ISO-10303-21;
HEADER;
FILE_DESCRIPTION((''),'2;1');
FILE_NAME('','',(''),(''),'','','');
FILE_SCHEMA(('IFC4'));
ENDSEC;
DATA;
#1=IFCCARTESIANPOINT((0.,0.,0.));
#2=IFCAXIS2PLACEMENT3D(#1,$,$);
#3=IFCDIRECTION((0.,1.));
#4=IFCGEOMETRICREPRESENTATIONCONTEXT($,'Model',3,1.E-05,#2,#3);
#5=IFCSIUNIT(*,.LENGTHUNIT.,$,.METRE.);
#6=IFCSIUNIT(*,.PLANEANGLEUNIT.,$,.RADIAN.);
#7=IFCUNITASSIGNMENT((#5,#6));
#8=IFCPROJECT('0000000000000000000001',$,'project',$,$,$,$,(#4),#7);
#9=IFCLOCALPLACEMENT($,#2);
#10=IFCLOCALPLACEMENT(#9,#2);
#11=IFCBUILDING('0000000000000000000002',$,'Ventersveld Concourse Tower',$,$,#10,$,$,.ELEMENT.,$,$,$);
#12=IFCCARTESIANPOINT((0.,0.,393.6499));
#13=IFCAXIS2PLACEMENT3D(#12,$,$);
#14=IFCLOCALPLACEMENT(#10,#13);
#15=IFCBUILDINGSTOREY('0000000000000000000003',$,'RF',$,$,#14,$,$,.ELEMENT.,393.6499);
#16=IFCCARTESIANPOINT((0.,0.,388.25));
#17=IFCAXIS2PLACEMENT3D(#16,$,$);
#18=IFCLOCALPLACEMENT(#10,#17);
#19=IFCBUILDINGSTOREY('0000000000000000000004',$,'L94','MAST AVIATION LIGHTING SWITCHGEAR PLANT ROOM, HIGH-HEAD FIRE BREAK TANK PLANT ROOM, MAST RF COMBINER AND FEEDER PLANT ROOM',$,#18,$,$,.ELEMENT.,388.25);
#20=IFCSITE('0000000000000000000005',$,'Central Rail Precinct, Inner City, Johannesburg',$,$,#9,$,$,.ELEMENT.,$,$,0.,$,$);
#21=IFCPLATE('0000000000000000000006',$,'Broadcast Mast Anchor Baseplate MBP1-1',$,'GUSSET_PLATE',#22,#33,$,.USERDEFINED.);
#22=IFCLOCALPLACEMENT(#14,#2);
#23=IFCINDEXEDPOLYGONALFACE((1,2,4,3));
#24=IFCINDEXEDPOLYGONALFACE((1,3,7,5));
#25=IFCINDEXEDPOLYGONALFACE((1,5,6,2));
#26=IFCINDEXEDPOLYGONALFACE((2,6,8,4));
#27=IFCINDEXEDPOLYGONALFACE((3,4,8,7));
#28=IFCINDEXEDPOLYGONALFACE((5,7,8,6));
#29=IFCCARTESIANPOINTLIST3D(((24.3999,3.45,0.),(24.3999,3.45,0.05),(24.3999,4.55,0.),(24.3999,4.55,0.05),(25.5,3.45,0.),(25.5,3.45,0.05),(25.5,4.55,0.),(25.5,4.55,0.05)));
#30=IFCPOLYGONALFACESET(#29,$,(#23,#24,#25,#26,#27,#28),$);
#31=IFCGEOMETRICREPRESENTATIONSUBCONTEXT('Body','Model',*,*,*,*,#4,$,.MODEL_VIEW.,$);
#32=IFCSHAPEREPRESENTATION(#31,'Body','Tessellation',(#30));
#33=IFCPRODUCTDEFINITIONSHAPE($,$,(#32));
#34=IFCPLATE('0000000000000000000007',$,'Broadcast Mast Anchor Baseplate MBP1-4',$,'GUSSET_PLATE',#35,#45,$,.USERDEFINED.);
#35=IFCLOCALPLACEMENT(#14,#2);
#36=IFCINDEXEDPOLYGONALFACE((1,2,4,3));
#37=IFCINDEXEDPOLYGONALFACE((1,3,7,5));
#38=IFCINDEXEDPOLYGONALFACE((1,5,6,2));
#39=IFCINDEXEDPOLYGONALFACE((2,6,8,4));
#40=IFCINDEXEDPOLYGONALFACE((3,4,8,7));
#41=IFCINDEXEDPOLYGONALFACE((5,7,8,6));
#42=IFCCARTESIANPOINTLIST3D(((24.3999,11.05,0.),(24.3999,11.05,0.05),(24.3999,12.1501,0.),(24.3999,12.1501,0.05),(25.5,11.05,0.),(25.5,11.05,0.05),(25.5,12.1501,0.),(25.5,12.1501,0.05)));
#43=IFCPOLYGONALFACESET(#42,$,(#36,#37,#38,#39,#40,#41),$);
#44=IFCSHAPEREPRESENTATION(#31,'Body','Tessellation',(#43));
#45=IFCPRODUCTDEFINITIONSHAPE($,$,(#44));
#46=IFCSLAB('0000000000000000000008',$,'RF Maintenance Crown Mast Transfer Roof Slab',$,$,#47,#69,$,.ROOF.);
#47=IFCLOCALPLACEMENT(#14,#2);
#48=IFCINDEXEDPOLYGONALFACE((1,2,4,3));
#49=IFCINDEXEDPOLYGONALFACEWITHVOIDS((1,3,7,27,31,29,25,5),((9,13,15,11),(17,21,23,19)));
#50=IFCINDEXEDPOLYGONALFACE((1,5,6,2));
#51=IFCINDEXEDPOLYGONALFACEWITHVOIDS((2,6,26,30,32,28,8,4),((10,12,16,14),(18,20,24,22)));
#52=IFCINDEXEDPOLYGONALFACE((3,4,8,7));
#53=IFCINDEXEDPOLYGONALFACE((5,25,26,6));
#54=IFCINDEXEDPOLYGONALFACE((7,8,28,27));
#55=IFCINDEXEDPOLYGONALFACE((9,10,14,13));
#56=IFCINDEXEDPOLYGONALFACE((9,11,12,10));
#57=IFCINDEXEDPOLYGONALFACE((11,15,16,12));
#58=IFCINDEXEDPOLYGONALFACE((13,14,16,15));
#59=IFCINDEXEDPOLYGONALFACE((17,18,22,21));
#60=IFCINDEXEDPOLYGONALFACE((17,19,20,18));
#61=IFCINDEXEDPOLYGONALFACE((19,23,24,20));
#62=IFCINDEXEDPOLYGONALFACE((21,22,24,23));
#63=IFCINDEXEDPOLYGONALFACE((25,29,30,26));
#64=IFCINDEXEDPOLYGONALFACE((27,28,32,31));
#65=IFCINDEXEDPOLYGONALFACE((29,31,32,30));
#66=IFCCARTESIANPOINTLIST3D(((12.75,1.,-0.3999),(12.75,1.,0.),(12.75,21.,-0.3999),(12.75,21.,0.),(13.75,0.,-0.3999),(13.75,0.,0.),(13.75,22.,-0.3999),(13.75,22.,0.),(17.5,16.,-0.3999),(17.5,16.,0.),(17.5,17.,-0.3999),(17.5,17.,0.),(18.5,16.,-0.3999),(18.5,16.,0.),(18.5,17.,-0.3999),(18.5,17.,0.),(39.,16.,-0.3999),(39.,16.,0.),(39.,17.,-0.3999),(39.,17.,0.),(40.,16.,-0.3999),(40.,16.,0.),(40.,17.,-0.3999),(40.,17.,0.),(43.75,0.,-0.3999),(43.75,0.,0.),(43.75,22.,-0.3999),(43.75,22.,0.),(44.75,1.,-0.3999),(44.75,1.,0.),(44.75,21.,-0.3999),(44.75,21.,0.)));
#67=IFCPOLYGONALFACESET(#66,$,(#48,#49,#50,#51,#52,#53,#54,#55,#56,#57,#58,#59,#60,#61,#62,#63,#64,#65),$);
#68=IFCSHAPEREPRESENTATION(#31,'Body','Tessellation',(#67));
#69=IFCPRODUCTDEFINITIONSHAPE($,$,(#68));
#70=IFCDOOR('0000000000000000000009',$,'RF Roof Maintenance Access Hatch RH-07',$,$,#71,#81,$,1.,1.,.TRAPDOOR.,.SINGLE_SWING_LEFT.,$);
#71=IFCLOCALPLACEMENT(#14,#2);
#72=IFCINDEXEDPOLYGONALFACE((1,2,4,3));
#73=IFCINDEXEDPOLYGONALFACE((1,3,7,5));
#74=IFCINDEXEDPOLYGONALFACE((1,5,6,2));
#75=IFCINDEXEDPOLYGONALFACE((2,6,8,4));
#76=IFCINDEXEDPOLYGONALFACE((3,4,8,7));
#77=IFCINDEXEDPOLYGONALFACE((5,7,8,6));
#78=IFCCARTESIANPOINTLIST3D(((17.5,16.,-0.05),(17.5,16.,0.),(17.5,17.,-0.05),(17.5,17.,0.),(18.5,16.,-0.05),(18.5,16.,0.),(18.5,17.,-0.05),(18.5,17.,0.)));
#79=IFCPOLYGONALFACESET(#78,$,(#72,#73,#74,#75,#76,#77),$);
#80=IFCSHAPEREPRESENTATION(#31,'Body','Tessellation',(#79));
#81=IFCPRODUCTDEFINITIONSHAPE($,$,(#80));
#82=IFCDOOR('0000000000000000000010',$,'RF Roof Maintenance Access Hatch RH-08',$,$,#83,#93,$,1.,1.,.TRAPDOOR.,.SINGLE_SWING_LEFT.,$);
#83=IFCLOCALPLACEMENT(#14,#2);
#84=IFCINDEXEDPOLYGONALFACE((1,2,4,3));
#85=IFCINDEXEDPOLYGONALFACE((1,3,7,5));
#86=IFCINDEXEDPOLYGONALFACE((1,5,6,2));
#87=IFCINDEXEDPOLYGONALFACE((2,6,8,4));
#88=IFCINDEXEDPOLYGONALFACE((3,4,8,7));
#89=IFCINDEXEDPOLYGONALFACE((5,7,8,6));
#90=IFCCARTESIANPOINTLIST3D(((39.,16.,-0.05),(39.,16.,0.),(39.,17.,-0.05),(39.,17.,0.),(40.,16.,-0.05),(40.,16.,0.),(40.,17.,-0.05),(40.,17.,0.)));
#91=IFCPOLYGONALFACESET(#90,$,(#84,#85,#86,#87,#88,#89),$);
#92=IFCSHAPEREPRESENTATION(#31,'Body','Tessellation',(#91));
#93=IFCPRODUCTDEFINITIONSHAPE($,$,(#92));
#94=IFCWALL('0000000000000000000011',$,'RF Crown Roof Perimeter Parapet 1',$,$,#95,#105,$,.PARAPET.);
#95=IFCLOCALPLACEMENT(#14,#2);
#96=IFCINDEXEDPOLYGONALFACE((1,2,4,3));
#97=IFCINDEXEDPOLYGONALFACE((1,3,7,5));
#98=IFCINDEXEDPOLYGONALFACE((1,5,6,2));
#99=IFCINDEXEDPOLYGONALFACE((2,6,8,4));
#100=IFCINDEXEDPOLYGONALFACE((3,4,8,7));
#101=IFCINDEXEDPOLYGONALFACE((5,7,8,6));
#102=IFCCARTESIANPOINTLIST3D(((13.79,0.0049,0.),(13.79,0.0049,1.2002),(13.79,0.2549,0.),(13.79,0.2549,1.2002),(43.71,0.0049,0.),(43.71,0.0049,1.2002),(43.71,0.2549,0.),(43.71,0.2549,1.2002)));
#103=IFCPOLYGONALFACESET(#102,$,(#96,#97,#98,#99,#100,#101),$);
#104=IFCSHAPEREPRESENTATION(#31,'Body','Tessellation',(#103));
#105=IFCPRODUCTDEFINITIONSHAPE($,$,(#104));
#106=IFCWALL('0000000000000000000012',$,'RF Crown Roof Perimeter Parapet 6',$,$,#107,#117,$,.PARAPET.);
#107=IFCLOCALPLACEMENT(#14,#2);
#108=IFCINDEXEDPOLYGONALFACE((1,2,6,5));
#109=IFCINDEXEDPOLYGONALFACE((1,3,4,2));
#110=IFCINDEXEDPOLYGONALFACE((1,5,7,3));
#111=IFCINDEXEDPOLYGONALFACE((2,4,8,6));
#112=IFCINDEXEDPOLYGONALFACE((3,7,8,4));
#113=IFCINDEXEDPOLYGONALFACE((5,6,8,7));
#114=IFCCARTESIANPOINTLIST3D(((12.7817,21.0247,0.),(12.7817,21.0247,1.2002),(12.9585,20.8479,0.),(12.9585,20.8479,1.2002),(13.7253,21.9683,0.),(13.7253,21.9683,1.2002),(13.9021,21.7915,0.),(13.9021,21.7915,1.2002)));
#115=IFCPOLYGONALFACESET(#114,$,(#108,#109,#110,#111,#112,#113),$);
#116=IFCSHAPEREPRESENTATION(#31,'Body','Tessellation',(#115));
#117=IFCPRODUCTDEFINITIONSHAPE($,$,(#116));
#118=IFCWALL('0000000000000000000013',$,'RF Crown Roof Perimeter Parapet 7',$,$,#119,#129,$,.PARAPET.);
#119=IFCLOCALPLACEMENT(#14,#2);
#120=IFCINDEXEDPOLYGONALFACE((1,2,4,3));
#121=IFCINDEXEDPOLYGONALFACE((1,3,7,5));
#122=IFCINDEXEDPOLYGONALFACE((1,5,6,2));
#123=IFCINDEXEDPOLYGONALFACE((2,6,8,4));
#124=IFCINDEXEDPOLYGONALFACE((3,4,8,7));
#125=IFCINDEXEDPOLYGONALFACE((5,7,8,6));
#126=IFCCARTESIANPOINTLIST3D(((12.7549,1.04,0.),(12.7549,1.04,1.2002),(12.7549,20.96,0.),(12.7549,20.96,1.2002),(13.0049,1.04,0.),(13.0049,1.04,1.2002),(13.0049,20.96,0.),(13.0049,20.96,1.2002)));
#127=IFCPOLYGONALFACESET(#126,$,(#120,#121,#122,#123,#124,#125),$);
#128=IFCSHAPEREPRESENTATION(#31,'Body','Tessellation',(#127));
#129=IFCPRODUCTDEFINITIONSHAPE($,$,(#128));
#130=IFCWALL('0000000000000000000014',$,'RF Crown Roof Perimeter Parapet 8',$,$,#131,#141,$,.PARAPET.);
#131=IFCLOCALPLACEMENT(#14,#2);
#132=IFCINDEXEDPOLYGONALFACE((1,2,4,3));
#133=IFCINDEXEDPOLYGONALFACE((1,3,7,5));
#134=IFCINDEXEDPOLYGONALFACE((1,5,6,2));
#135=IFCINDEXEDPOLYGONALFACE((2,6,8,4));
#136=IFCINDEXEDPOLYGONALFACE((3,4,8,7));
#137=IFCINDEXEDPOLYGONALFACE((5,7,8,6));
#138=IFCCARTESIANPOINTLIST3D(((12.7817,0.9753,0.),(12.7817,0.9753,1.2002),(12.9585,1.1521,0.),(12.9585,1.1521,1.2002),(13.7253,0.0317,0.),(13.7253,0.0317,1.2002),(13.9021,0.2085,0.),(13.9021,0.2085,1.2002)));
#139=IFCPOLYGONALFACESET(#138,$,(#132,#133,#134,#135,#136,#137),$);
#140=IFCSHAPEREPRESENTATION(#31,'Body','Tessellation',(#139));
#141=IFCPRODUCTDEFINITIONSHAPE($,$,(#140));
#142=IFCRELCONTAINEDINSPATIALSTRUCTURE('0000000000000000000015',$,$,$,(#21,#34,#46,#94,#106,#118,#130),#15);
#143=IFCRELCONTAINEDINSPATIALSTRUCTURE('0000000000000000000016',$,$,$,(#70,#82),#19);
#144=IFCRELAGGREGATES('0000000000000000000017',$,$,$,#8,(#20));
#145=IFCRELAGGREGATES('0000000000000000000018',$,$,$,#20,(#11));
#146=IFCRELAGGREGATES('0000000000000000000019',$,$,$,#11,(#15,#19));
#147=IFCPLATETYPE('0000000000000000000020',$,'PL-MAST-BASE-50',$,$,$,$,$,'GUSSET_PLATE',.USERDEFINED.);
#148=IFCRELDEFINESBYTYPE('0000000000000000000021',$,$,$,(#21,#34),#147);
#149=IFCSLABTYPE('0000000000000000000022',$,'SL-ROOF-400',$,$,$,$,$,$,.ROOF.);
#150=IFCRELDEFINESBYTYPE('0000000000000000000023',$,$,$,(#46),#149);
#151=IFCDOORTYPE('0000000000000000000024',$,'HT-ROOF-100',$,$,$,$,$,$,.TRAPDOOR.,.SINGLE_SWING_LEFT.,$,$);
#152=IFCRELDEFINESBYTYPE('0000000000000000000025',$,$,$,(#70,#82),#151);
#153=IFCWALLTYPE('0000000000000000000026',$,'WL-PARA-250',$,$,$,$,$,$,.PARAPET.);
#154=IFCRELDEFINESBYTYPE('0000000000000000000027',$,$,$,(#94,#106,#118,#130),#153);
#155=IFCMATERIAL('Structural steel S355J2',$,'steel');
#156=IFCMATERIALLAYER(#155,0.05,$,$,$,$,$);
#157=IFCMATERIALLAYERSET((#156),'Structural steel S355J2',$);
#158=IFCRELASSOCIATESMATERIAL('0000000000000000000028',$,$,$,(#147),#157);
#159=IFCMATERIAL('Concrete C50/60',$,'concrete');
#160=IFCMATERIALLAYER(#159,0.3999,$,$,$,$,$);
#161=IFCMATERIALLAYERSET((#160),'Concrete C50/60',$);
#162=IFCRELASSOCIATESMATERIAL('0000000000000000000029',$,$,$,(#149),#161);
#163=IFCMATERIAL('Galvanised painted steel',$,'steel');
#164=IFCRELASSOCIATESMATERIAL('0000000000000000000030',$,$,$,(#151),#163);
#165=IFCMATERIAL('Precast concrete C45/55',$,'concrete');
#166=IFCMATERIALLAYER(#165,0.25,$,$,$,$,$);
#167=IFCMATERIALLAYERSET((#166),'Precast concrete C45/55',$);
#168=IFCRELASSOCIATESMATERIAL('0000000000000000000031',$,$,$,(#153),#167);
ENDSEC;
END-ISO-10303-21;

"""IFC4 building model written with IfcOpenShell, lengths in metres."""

from ifc_helpers import new_model, si_unit, direction, frame, frame_2d, origin, origin_2d, place, context, subcontext, project, spatial, polyline, rectangle, outline, extrude, material, layer, layer_set, type_object, element, fill, save


model = new_model("IFC4")

# Units and contexts
model_context = context("Model", 3, precision=1e-05, world=origin(), true_north=direction((0.0, 1.0)))
body_context = subcontext(model_context, "Body", "Model", "MODEL_VIEW")
ifc_project = project(units=[si_unit("LENGTHUNIT", "METRE"), si_unit("PLANEANGLEUNIT", "RADIAN")], contexts=[model_context])

# Site, building, storey
site_placement = place(None, origin())
site = spatial("IfcSite", under=ifc_project, at=site_placement, Name="Central Rail Precinct, Inner City, Johannesburg", CompositionType="ELEMENT", RefElevation=0.0)
building_placement = place(site_placement, origin())
building = spatial("IfcBuilding", under=site, at=building_placement, Name="Ventersveld Concourse Tower", CompositionType="ELEMENT")
storey_1_placement = place(building_placement, frame((0.0, 0.0, 393.6499)))
storey_1 = spatial("IfcBuildingStorey", under=building, at=storey_1_placement, Name="RF", CompositionType="ELEMENT", Elevation=393.6499)

# Shared definitions
ifc_material_1 = material(Name="Structural steel S355J2", Category="steel")

# Plates
ifc_layer_1 = layer(ifc_material_1, 0.05)
ifc_layer_set_1 = layer_set([ifc_layer_1], Name="Structural steel S355J2")
plate_type = type_object("IfcPlateType", Name="PL-MAST-BASE-50", ElementType="GUSSET_PLATE", PredefinedType="USERDEFINED", material=ifc_layer_set_1)
for number, where, z_axis, x_axis, name in (
    (1, (24.95, 4.0, 0.0), (0.0, 0.0, 1.0), (1.0, 0.0, 0.0), "Broadcast Mast Anchor Baseplate MBP1-1"),
    (2, (24.95, 11.6001, 0.0), (0.0, 0.0, 1.0), (1.0, 0.0, 0.0), "Broadcast Mast Anchor Baseplate MBP1-4"),
):
    element("IfcPlate", number, at=place(storey_1_placement, frame(where, z_axis=z_axis, x_axis=x_axis)), inside=storey_1, type_object=plate_type, Name=name, ObjectType="GUSSET_PLATE", PredefinedType="USERDEFINED", context=body_context, shape_type="SweptSolid", body=[
        extrude(rectangle(XDim=1.1001, YDim=1.1001, at=origin_2d()), origin(), (0.0, 0.0, 1.0), 0.05),
    ])

# Slab, openings
ifc_material_2 = material(Name="Concrete C50/60", Category="concrete")
ifc_layer_2 = layer(ifc_material_2, 0.3999)
ifc_layer_set_2 = layer_set([ifc_layer_2], Name="Concrete C50/60")
slab_type = type_object("IfcSlabType", Name="SL-ROOF-400", PredefinedType="ROOF", material=ifc_layer_set_2)
slab_placement = place(storey_1_placement, frame((0.0, 0.0, -0.3999)))
slab = element("IfcSlab", 3, at=slab_placement, inside=storey_1, type_object=slab_type, Name="RF Maintenance Crown Mast Transfer Roof Slab", PredefinedType="ROOF", context=body_context, shape_type="SweptSolid", body=[
    extrude(outline(polyline([(13.75, 0.0), (43.75, 0.0), (44.75, 1.0), (44.75, 21.0), (43.75, 22.0), (13.75, 22.0), (12.75, 21.0), (12.75, 1.0), (13.75, 0.0)])), origin(), (0.0, 0.0, 1.0), 0.3999),
])
opening_1_placement = place(slab_placement, frame((18.0, 16.5, -0.01)))
opening_1 = element("IfcOpeningElement", 4, at=opening_1_placement, cuts=slab, PredefinedType="OPENING", context=body_context, shape_type="SweptSolid", body=[
    extrude(rectangle(XDim=1.0, YDim=1.0, at=origin_2d()), origin(), (0.0, 0.0, 1.0), 0.4199),
])
opening_2_placement = place(slab_placement, frame((39.5, 16.5, -0.01)))
opening_2 = element("IfcOpeningElement", 5, at=opening_2_placement, cuts=slab, PredefinedType="OPENING", context=body_context, shape_type="SweptSolid", body=[
    extrude(rectangle(XDim=1.0, YDim=1.0, at=origin_2d()), origin(), (0.0, 0.0, 1.0), 0.4199),
])

# Shared definitions
storey_2_placement = place(building_placement, frame((0.0, 0.0, 388.25)))
storey_2 = spatial("IfcBuildingStorey", under=building, at=storey_2_placement, Name="L94", Description="MAST AVIATION LIGHTING SWITCHGEAR PLANT ROOM, HIGH-HEAD FIRE BREAK TANK PLANT ROOM, MAST RF COMBINER AND FEEDER PLANT ROOM", CompositionType="ELEMENT", Elevation=388.25)

# Doors
ifc_material_3 = material(Name="Galvanised painted steel", Category="steel")
door_type = type_object("IfcDoorType", Name="HT-ROOF-100", OperationType="SINGLE_SWING_LEFT", PredefinedType="TRAPDOOR", material=ifc_material_3)
door_1_placement = place(slab_placement, frame((18.0, 16.5, 0.3499)))
door_1 = element("IfcDoor", 6, at=door_1_placement, inside=storey_2, type_object=door_type, Name="RF Roof Maintenance Access Hatch RH-07", OperationType="SINGLE_SWING_LEFT", OverallHeight=1.0, OverallWidth=1.0, PredefinedType="TRAPDOOR", context=body_context, shape_type="SweptSolid", body=[
    extrude(rectangle(XDim=1.0, YDim=1.0, at=origin_2d()), origin(), (0.0, 0.0, 1.0), 0.05),
])
fill(opening_1, door_1)
door_2_placement = place(slab_placement, frame((39.5, 16.5, 0.3499)))
door_2 = element("IfcDoor", 7, at=door_2_placement, inside=storey_2, type_object=door_type, Name="RF Roof Maintenance Access Hatch RH-08", OperationType="SINGLE_SWING_LEFT", OverallHeight=1.0, OverallWidth=1.0, PredefinedType="TRAPDOOR", context=body_context, shape_type="SweptSolid", body=[
    extrude(rectangle(XDim=1.0, YDim=1.0, at=origin_2d()), origin(), (0.0, 0.0, 1.0), 0.05),
])
fill(opening_2, door_2)

# Walls
ifc_material_4 = material(Name="Precast concrete C45/55", Category="concrete")
ifc_layer_3 = layer(ifc_material_4, 0.25)
ifc_layer_set_3 = layer_set([ifc_layer_3], Name="Precast concrete C45/55")
wall_type = type_object("IfcWallType", Name="WL-PARA-250", PredefinedType="PARAPET", material=ifc_layer_set_3)
wall_1_placement = place(storey_1_placement, frame((13.79, 0.1299, 0.0), z_axis=(0.0, 0.0, 1.0), x_axis=(1.0, 0.0, 0.0)))
element("IfcWall", 8, at=wall_1_placement, inside=storey_1, type_object=wall_type, Name="RF Crown Roof Perimeter Parapet 1", PredefinedType="PARAPET", context=body_context, shape_type="SweptSolid", body=[
    extrude(rectangle(XDim=29.9199, YDim=0.25, at=frame_2d((14.96, 0.0))), origin(), (0.0, 0.0, 1.0), 1.2002),
])
wall_2_placement = place(storey_1_placement, frame((13.8137, 21.8799, 0.0), z_axis=(0.0, 0.0, 1.0), x_axis=(-0.707107, -0.707107, 0.0)))
element("IfcWall", 9, at=wall_2_placement, inside=storey_1, type_object=wall_type, Name="RF Crown Roof Perimeter Parapet 6", PredefinedType="PARAPET", context=body_context, shape_type="SweptSolid", body=[
    extrude(rectangle(XDim=1.3345, YDim=0.25, at=frame_2d((0.6672, 0.0))), origin(), (0.0, 0.0, 1.0), 1.2002),
])
wall_3_placement = place(storey_1_placement, frame((12.8799, 20.96, 0.0), z_axis=(0.0, 0.0, 1.0), x_axis=(0.0, -1.0, 0.0)))
element("IfcWall", 10, at=wall_3_placement, inside=storey_1, type_object=wall_type, Name="RF Crown Roof Perimeter Parapet 7", PredefinedType="PARAPET", context=body_context, shape_type="SweptSolid", body=[
    extrude(rectangle(XDim=19.9199, YDim=0.25, at=frame_2d((9.96, 0.0))), origin(), (0.0, 0.0, 1.0), 1.2002),
])
wall_4_placement = place(storey_1_placement, frame((12.8701, 1.0637, 0.0), z_axis=(0.0, 0.0, 1.0), x_axis=(0.707107, -0.707107, 0.0)))
element("IfcWall", 11, at=wall_4_placement, inside=storey_1, type_object=wall_type, Name="RF Crown Roof Perimeter Parapet 8", PredefinedType="PARAPET", context=body_context, shape_type="SweptSolid", body=[
    extrude(rectangle(XDim=1.3345, YDim=0.25, at=frame_2d((0.6672, 0.0))), origin(), (0.0, 0.0, 1.0), 1.2002),
])

save(model, "model.ifc")
